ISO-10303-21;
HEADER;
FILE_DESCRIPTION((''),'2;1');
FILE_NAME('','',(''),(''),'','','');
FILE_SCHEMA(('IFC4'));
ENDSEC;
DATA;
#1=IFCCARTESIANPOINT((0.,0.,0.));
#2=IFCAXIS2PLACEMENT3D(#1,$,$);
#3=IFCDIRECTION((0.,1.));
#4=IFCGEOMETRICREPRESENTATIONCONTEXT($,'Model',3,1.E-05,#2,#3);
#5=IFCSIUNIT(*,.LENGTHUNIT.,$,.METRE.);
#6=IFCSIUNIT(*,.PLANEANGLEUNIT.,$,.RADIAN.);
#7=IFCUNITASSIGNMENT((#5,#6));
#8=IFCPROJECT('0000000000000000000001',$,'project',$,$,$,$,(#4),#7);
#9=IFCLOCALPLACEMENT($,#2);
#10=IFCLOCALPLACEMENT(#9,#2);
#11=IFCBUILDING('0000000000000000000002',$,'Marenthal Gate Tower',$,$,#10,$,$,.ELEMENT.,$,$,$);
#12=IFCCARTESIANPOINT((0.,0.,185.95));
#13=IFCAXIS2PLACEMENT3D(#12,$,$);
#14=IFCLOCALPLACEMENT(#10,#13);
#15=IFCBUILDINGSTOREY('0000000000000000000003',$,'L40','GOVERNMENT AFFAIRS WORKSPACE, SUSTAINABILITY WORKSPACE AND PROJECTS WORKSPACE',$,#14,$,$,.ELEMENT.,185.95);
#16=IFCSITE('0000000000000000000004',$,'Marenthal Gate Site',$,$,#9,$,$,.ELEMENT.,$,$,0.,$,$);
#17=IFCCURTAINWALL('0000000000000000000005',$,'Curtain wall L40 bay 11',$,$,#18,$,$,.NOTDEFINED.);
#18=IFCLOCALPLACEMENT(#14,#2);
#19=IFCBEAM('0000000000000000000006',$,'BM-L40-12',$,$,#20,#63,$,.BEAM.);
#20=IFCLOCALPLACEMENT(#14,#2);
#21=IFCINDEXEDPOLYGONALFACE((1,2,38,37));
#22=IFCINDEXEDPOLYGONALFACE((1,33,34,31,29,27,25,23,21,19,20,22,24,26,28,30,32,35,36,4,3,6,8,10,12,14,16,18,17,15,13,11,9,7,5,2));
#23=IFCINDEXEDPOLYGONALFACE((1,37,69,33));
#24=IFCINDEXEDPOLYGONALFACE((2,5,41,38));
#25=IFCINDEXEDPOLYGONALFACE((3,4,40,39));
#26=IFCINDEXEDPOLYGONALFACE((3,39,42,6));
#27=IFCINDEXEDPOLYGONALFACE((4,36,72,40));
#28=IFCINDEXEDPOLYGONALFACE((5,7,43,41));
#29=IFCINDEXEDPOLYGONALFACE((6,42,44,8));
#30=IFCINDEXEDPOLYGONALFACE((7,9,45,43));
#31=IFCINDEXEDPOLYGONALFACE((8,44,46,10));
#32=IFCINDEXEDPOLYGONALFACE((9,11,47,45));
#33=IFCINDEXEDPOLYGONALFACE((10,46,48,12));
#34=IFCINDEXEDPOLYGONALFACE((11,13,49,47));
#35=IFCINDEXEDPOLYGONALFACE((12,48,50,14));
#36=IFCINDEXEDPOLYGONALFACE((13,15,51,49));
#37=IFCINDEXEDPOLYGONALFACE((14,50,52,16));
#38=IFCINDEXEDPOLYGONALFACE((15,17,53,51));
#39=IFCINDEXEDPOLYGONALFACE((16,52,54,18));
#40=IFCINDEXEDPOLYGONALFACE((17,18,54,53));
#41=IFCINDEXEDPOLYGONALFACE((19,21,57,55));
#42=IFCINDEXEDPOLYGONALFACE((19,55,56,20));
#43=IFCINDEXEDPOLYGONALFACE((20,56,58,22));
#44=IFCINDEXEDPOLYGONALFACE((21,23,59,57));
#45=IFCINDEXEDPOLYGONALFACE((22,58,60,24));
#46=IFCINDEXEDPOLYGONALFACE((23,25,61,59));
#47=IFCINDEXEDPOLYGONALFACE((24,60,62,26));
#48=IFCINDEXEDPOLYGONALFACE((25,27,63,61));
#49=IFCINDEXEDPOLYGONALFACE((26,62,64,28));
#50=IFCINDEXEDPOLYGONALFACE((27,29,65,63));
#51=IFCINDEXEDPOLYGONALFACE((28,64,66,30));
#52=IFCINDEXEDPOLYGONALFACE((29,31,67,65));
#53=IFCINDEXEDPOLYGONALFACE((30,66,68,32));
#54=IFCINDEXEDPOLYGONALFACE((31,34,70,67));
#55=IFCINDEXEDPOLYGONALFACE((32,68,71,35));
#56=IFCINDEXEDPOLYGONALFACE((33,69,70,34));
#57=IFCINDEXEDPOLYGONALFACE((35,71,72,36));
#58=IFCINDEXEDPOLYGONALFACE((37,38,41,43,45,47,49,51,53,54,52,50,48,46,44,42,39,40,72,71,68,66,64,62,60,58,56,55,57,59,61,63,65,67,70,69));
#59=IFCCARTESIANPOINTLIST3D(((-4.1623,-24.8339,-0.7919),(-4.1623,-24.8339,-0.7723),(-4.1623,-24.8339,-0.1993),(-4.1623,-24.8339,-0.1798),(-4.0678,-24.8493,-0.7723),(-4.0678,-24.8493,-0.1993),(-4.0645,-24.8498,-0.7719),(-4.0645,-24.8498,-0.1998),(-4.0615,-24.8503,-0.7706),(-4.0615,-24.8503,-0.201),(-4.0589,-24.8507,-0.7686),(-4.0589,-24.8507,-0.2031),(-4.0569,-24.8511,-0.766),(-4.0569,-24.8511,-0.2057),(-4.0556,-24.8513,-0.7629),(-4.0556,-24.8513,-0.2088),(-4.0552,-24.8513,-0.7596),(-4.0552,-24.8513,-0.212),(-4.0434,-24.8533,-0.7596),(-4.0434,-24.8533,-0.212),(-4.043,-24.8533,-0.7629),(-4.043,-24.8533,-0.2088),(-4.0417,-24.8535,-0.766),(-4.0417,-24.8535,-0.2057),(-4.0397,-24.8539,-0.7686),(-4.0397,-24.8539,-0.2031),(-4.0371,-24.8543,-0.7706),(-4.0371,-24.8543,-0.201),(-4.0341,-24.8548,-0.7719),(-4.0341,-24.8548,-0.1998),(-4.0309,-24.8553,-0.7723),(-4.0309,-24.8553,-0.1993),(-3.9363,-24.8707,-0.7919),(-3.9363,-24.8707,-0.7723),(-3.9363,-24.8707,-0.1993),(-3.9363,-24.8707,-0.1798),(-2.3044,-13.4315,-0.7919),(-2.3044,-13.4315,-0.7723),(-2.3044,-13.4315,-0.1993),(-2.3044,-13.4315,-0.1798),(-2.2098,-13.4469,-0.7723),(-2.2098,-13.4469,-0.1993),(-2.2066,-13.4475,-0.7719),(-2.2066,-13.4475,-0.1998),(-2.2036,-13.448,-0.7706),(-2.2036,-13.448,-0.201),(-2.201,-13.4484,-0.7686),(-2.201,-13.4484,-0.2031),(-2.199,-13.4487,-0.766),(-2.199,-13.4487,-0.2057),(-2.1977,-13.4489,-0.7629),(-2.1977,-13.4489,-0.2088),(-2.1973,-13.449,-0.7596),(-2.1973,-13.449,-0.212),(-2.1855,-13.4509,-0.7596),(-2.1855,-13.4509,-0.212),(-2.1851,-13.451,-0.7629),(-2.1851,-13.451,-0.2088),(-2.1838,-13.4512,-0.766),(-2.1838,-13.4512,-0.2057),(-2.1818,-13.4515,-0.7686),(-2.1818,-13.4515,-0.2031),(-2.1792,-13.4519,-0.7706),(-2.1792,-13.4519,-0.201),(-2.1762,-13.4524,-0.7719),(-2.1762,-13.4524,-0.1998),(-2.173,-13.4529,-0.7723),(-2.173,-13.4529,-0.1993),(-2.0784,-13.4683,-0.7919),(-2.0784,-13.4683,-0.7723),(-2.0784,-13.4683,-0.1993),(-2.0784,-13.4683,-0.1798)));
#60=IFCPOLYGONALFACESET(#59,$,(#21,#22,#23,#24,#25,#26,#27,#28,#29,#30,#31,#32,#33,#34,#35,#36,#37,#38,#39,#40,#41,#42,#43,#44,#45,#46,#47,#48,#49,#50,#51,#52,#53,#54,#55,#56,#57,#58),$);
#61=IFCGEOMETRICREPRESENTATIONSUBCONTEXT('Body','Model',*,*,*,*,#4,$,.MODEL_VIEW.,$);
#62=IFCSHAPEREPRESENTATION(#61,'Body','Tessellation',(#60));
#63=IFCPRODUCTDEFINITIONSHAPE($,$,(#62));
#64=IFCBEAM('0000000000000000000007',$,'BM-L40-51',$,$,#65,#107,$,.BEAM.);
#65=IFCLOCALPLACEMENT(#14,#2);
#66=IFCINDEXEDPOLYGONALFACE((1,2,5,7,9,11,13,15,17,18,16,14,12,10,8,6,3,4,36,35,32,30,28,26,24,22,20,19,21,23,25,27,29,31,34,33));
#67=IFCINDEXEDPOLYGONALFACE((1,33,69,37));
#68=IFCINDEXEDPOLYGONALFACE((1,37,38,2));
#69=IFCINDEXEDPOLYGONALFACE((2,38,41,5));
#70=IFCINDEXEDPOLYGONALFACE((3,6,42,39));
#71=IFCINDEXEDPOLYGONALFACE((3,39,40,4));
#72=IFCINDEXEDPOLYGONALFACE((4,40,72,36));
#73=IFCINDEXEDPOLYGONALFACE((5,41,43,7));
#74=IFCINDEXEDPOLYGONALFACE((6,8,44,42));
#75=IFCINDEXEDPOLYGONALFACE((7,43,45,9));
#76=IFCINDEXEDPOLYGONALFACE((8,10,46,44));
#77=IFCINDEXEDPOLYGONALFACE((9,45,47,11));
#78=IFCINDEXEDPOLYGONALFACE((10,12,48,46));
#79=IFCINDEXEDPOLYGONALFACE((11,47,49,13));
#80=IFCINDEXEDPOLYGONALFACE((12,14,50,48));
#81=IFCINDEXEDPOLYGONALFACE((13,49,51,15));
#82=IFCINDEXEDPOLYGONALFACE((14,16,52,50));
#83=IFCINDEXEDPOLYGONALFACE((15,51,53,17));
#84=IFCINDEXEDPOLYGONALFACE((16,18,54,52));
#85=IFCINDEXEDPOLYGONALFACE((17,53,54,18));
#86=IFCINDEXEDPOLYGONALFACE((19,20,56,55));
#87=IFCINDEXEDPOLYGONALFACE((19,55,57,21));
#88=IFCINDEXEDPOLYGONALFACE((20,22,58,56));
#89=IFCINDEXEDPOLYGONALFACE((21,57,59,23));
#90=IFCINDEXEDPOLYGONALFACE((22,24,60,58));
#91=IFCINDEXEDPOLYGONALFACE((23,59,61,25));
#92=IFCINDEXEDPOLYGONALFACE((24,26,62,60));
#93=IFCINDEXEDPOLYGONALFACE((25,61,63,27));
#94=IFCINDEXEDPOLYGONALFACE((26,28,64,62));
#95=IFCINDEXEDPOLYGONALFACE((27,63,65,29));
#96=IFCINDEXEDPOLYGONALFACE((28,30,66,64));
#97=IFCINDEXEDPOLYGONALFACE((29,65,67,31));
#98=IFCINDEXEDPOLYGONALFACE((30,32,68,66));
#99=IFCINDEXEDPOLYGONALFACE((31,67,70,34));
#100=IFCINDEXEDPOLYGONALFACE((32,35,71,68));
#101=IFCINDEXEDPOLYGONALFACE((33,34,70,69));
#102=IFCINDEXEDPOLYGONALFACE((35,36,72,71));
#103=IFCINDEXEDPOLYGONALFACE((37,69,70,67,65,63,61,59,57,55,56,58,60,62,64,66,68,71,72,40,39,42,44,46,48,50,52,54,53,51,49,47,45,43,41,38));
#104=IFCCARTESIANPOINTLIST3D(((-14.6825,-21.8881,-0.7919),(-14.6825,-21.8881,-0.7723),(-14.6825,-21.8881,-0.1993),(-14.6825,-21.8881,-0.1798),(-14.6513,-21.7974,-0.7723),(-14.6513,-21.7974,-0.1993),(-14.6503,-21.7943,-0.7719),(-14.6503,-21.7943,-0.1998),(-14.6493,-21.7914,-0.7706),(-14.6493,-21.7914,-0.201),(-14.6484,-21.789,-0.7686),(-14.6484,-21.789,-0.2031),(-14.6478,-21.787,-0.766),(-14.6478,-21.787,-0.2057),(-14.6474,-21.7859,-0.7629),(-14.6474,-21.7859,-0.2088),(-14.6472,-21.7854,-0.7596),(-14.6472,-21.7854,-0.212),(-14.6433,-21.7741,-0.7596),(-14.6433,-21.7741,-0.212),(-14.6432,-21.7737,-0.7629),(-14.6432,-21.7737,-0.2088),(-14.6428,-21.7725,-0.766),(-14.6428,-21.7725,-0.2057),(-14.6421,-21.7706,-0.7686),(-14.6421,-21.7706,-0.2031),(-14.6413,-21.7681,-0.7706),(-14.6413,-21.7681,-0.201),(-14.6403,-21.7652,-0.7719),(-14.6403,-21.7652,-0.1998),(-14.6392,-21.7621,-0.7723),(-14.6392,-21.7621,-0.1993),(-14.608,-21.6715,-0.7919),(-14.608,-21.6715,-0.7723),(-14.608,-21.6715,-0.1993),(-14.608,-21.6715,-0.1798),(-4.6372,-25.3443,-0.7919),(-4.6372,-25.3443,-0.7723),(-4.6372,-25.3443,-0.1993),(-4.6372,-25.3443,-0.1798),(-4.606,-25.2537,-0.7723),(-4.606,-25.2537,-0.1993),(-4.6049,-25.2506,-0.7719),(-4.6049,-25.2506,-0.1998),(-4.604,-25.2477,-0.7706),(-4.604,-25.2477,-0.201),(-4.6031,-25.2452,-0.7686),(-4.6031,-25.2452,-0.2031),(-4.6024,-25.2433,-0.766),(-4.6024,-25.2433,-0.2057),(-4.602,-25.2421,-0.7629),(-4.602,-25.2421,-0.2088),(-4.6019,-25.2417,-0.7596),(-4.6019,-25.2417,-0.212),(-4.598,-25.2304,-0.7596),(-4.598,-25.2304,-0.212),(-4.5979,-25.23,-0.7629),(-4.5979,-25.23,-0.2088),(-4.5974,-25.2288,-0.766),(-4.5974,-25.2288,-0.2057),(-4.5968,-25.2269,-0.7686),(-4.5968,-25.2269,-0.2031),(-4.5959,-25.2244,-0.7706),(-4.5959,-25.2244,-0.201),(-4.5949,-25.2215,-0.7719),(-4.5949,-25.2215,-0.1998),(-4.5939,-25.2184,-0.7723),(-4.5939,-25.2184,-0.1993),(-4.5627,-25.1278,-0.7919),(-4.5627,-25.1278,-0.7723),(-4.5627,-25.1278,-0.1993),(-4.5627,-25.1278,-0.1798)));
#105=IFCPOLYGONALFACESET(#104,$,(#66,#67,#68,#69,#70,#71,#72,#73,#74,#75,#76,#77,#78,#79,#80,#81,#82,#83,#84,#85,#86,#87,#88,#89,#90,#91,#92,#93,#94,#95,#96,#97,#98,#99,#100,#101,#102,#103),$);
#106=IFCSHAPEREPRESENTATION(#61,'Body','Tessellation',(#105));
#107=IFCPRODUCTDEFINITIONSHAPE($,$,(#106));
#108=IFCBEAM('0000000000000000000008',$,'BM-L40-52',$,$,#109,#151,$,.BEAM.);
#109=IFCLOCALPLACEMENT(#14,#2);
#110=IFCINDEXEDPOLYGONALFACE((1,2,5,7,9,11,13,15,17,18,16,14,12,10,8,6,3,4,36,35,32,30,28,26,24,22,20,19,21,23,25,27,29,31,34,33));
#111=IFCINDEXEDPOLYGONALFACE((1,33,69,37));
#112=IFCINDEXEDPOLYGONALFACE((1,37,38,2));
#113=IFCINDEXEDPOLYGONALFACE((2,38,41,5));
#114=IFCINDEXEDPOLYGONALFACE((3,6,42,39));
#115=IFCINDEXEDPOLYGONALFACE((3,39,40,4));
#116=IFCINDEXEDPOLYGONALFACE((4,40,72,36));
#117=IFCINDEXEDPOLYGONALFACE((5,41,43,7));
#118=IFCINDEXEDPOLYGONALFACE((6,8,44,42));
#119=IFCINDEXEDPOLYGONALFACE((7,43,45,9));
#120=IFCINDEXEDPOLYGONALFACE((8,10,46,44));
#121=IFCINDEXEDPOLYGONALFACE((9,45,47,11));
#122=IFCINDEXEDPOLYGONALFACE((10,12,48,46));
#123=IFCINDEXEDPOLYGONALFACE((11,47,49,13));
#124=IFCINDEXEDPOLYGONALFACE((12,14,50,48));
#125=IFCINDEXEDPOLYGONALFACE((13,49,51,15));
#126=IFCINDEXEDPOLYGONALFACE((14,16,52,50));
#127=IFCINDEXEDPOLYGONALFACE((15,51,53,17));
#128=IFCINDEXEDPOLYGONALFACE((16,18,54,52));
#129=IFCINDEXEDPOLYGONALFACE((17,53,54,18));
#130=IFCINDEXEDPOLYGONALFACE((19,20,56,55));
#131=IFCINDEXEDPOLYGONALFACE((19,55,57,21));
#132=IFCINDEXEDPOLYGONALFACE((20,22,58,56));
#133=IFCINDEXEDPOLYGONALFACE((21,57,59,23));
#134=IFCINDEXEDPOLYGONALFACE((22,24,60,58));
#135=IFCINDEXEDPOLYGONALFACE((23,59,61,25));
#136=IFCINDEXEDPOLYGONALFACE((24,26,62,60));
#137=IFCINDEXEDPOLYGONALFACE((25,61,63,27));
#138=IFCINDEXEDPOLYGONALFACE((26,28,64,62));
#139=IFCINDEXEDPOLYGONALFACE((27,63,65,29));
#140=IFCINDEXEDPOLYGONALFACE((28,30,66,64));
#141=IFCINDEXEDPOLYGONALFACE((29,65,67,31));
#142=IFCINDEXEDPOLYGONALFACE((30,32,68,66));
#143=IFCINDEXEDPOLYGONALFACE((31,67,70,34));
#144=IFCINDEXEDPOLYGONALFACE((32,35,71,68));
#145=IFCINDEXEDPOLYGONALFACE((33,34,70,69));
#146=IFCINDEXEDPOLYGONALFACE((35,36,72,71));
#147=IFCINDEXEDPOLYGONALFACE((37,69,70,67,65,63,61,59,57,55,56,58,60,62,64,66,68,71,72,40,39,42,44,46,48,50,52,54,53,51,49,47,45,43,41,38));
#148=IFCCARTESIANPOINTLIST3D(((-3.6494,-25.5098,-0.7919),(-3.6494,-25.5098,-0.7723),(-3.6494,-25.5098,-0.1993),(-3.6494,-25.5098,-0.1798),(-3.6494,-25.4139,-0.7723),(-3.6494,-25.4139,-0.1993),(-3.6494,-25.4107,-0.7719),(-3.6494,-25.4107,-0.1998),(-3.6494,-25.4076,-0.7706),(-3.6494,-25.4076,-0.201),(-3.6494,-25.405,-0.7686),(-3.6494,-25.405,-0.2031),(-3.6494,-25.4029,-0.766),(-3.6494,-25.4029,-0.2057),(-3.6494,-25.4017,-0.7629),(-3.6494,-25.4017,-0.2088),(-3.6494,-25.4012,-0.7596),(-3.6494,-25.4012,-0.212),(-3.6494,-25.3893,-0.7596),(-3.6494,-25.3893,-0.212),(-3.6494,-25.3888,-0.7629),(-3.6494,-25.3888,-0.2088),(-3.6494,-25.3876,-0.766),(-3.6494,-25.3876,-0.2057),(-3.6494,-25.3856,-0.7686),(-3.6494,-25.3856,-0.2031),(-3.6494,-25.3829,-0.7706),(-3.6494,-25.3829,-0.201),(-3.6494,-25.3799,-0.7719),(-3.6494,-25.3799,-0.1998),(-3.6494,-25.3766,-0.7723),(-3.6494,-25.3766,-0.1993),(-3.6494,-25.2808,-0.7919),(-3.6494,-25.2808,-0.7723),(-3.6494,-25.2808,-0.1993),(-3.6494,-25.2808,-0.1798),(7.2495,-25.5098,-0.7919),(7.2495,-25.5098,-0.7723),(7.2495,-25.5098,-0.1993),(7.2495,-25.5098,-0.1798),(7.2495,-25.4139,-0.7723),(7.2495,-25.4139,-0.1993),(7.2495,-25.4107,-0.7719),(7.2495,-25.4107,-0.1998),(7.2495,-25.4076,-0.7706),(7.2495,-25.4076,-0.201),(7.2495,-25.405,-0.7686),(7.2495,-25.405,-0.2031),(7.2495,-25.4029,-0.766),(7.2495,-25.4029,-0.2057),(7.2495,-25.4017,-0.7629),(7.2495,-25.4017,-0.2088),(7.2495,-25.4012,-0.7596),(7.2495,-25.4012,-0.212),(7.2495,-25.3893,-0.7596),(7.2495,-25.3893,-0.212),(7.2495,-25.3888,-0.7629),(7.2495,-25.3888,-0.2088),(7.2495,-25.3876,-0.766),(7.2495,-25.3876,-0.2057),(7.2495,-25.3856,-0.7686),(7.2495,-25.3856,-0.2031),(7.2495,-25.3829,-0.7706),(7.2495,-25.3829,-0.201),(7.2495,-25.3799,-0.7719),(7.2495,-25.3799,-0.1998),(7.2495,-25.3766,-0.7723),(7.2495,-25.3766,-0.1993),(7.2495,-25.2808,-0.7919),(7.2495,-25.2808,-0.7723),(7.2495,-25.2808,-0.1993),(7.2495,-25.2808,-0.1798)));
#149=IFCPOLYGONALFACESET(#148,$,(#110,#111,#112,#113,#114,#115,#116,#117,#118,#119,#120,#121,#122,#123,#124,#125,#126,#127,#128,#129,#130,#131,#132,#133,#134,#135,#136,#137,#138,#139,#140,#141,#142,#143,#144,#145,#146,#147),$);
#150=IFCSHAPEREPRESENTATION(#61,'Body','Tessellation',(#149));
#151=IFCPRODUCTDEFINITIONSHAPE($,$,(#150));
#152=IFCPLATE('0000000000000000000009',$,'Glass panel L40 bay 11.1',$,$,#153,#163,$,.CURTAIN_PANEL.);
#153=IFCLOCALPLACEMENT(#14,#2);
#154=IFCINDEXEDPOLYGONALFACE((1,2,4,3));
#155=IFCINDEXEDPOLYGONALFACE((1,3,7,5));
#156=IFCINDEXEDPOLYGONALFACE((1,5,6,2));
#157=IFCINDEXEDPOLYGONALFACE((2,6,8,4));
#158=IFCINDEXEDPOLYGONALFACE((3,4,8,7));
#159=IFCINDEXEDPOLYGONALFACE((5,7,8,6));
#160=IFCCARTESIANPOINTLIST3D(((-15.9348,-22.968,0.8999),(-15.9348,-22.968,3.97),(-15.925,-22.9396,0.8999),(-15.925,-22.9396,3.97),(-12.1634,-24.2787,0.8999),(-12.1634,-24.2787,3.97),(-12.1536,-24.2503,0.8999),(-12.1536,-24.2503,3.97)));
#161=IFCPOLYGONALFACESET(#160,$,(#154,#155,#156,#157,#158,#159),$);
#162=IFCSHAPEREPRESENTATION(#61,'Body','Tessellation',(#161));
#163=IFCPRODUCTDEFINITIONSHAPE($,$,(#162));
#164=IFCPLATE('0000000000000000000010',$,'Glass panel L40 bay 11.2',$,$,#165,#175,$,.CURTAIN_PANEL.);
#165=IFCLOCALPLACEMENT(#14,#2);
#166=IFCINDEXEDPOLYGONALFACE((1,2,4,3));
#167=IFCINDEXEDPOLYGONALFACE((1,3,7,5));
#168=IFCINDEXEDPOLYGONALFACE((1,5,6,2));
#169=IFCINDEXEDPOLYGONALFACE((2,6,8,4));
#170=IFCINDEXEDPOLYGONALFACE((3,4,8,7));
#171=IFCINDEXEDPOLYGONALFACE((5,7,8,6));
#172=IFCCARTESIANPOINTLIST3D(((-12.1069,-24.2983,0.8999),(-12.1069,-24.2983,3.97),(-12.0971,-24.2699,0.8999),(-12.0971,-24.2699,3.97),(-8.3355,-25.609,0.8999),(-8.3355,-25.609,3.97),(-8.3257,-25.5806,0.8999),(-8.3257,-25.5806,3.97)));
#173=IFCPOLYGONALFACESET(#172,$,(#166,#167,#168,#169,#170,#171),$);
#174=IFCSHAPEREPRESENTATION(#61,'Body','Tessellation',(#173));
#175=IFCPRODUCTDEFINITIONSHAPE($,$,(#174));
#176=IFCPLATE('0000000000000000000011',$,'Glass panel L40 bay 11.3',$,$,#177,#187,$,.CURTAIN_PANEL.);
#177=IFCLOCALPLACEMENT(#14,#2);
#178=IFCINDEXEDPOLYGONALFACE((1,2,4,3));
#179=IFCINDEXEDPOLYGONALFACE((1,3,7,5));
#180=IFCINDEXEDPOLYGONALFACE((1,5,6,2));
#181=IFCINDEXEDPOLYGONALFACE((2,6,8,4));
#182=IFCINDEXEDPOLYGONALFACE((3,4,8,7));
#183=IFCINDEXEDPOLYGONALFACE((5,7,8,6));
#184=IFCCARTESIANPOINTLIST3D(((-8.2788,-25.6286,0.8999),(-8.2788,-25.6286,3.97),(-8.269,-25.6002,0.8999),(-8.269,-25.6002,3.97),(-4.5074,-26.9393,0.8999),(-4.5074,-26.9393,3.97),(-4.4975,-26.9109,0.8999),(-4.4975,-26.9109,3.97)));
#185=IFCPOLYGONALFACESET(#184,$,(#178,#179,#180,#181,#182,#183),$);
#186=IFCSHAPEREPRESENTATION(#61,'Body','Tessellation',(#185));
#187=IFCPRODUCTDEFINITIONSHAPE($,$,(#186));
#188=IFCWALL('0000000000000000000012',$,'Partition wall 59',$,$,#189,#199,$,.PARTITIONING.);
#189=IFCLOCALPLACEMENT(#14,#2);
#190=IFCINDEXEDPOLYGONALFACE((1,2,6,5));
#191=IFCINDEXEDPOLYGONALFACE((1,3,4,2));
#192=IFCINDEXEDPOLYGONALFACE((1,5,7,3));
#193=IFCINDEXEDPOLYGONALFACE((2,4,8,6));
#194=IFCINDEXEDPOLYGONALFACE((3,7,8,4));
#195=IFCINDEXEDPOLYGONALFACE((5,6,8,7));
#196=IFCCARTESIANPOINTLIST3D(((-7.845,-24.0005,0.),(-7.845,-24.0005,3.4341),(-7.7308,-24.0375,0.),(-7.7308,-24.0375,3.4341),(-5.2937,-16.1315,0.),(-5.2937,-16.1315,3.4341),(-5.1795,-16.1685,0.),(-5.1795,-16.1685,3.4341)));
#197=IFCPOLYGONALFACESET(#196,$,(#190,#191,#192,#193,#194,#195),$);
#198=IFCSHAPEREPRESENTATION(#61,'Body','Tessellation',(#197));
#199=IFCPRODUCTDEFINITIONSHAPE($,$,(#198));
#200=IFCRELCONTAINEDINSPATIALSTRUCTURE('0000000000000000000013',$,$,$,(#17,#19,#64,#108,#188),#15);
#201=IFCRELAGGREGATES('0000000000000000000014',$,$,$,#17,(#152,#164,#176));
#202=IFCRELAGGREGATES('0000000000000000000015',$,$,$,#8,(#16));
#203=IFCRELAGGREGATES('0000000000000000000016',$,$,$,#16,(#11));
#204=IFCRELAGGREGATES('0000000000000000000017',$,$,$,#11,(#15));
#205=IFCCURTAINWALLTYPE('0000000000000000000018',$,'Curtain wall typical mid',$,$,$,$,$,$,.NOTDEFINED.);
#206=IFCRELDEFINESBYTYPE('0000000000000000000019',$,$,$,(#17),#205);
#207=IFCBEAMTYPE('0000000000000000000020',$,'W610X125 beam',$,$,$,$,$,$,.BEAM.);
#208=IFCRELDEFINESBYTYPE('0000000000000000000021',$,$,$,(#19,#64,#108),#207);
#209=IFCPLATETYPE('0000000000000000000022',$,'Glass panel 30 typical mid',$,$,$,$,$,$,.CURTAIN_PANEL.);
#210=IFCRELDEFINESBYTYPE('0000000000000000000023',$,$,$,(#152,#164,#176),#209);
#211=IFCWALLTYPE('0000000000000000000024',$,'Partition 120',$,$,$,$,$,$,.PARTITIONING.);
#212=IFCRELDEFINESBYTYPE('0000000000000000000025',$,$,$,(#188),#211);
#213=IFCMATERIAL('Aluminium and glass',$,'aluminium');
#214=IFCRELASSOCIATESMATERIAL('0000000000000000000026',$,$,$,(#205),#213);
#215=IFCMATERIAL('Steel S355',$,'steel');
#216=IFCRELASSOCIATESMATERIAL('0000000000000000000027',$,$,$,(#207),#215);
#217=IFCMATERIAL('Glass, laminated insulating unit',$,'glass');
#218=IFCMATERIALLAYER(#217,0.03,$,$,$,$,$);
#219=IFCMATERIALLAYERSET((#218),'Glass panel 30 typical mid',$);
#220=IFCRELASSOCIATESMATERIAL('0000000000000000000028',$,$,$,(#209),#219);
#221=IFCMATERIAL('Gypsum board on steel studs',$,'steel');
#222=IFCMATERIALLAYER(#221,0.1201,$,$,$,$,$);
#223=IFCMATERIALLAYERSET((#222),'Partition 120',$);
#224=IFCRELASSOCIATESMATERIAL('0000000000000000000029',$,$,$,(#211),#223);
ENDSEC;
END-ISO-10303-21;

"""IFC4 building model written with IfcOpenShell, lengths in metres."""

from ifc_helpers import new_model, si_unit, direction, frame, frame_2d, origin, origin_2d, place, context, subcontext, project, spatial, rectangle, i_section, extrude, material, layer, layer_set, material_profile, profile_set, type_object, element, aggregate, save


model = new_model("IFC4")

# Units and contexts
model_context = context("Model", 3, precision=1e-05, world=origin(), true_north=direction((0.0, 1.0)))
body_context = subcontext(model_context, "Body", "Model", "MODEL_VIEW")
ifc_project = project(units=[si_unit("LENGTHUNIT", "METRE"), si_unit("PLANEANGLEUNIT", "RADIAN")], contexts=[model_context])

# Site, building, storey
site_placement = place(None, origin())
site = spatial("IfcSite", under=ifc_project, at=site_placement, Name="Marenthal Gate Site", CompositionType="ELEMENT", RefElevation=0.0)
building_placement = place(site_placement, origin())
building = spatial("IfcBuilding", under=site, at=building_placement, Name="Marenthal Gate Tower", CompositionType="ELEMENT")
storey_placement = place(building_placement, frame((0.0, 0.0, 185.95)))
storey = spatial("IfcBuildingStorey", under=building, at=storey_placement, Name="L40", Description="GOVERNMENT AFFAIRS WORKSPACE, SUSTAINABILITY WORKSPACE AND PROJECTS WORKSPACE", CompositionType="ELEMENT", Elevation=185.95)

# Curtain wall
ifc_material_1 = material(Name="Aluminium and glass", Category="aluminium")
curtain_wall_type = type_object("IfcCurtainWallType", Name="Curtain wall typical mid", PredefinedType="NOTDEFINED", material=ifc_material_1)
curtain_wall_placement = place(storey_placement, origin())
curtain_wall = element("IfcCurtainWall", 1, at=curtain_wall_placement, inside=storey, type_object=curtain_wall_type, Name="Curtain wall L40 bay 11", PredefinedType="NOTDEFINED")

# Beams
ifc_material_2 = material(Name="Steel S355", Category="steel")
ifc_material_profile_1 = material_profile(ifc_material_2, i_section(OverallWidth=0.229, OverallDepth=0.6121, WebThickness=0.012, FlangeThickness=0.0195, FilletRadius=0.0127, at=origin_2d()), Name="W610X125")
ifc_profile_set_1 = profile_set([ifc_material_profile_1], Name="Steel S355")
beam_type_1 = type_object("IfcBeamType", Name="W610X125 beam", PredefinedType="BEAM", material=ifc_profile_set_1)
beam_1_placement = place(storey_placement, frame((-4.0493, -24.8523, -0.4858), z_axis=(0.16082, 0.986984, 0.0), x_axis=(-0.986984, 0.16082, 0.0)))
element("IfcBeam", 2, at=beam_1_placement, inside=storey, type_object=beam_type_1, Name="BM-L40-12", PredefinedType="BEAM", context=body_context, shape_type="SweptSolid", body=[
    extrude(i_section(OverallWidth=0.229, OverallDepth=0.6121, WebThickness=0.012, FlangeThickness=0.0195, FilletRadius=0.0127, at=origin_2d()), origin(), (0.0, 0.0, 1.0), 11.5527),
])
beam_2_placement = place(storey_placement, frame((-14.6453, -21.7798, -0.4858), z_axis=(0.945594, -0.325348, 0.0), x_axis=(0.325348, 0.945594, 0.0)))
element("IfcBeam", 3, at=beam_2_placement, inside=storey, type_object=beam_type_1, Name="BM-L40-51", PredefinedType="BEAM", context=body_context, shape_type="SweptSolid", body=[
    extrude(i_section(OverallWidth=0.229, OverallDepth=0.6121, WebThickness=0.012, FlangeThickness=0.0195, FilletRadius=0.0127, at=origin_2d()), origin(), (0.0, 0.0, 1.0), 10.6233),
])
beam_3_placement = place(storey_placement, frame((-3.6494, -25.3953, -0.4858), z_axis=(1.0, 0.0, 0.0), x_axis=(0.0, 1.0, 0.0)))
element("IfcBeam", 4, at=beam_3_placement, inside=storey, type_object=beam_type_1, Name="BM-L40-52", PredefinedType="BEAM", context=body_context, shape_type="SweptSolid", body=[
    extrude(i_section(OverallWidth=0.229, OverallDepth=0.6121, WebThickness=0.012, FlangeThickness=0.0195, FilletRadius=0.0127, at=origin_2d()), origin(), (0.0, 0.0, 1.0), 10.8989),
])

# Plates
ifc_material_3 = material(Name="Glass, laminated insulating unit", Category="glass")
ifc_layer_1 = layer(ifc_material_3, 0.03)
ifc_layer_set_1 = layer_set([ifc_layer_1], Name="Glass panel 30 typical mid")
plate_type = type_object("IfcPlateType", Name="Glass panel 30 typical mid", PredefinedType="CURTAIN_PANEL", material=ifc_layer_set_1)
plate_1_placement = place(storey_placement, frame((-14.0442, -23.6091, 0.8999), z_axis=(0.0, 0.0, 1.0), x_axis=(0.944583, -0.328273, 0.0)))
plate_1 = element("IfcPlate", 5, at=plate_1_placement, type_object=plate_type, Name="Glass panel L40 bay 11.1", PredefinedType="CURTAIN_PANEL", context=body_context, shape_type="SweptSolid", body=[
    extrude(rectangle(XDim=3.9927, YDim=0.03, at=origin_2d()), origin(), (0.0, 0.0, 1.0), 3.0701),
])
plate_2_placement = place(storey_placement, frame((-10.2163, -24.9395, 0.8999), z_axis=(0.0, 0.0, 1.0), x_axis=(0.944583, -0.328273, 0.0)))
plate_2 = element("IfcPlate", 6, at=plate_2_placement, type_object=plate_type, Name="Glass panel L40 bay 11.2", PredefinedType="CURTAIN_PANEL", context=body_context, shape_type="SweptSolid", body=[
    extrude(rectangle(XDim=3.9927, YDim=0.03, at=origin_2d()), origin(), (0.0, 0.0, 1.0), 3.0701),
])
plate_3_placement = place(storey_placement, frame((-6.3882, -26.2698, 0.8999), z_axis=(0.0, 0.0, 1.0), x_axis=(0.944583, -0.328273, 0.0)))
plate_3 = element("IfcPlate", 7, at=plate_3_placement, type_object=plate_type, Name="Glass panel L40 bay 11.3", PredefinedType="CURTAIN_PANEL", context=body_context, shape_type="SweptSolid", body=[
    extrude(rectangle(XDim=3.9927, YDim=0.03, at=origin_2d()), origin(), (0.0, 0.0, 1.0), 3.0701),
])
aggregate(curtain_wall, [plate_1, plate_2, plate_3])

# Wall
ifc_material_4 = material(Name="Gypsum board on steel studs", Category="steel")
ifc_layer_2 = layer(ifc_material_4, 0.1201)
ifc_layer_set_2 = layer_set([ifc_layer_2], Name="Partition 120")
wall_type_1 = type_object("IfcWallType", Name="Partition 120", PredefinedType="PARTITIONING", material=ifc_layer_set_2)
wall_1_placement = place(storey_placement, frame((-5.2366, -16.1499, 0.0), z_axis=(0.0, 0.0, 1.0), x_axis=(-0.308417, -0.951251, 0.0)))
element("IfcWall", 8, at=wall_1_placement, inside=storey, type_object=wall_type_1, Name="Partition wall 59", PredefinedType="PARTITIONING", context=body_context, shape_type="SweptSolid", body=[
    extrude(rectangle(XDim=8.2722, YDim=0.1201, at=frame_2d((4.1362, 0.0))), origin(), (0.0, 0.0, 1.0), 3.4341),
])

save(model, "model.ifc")
